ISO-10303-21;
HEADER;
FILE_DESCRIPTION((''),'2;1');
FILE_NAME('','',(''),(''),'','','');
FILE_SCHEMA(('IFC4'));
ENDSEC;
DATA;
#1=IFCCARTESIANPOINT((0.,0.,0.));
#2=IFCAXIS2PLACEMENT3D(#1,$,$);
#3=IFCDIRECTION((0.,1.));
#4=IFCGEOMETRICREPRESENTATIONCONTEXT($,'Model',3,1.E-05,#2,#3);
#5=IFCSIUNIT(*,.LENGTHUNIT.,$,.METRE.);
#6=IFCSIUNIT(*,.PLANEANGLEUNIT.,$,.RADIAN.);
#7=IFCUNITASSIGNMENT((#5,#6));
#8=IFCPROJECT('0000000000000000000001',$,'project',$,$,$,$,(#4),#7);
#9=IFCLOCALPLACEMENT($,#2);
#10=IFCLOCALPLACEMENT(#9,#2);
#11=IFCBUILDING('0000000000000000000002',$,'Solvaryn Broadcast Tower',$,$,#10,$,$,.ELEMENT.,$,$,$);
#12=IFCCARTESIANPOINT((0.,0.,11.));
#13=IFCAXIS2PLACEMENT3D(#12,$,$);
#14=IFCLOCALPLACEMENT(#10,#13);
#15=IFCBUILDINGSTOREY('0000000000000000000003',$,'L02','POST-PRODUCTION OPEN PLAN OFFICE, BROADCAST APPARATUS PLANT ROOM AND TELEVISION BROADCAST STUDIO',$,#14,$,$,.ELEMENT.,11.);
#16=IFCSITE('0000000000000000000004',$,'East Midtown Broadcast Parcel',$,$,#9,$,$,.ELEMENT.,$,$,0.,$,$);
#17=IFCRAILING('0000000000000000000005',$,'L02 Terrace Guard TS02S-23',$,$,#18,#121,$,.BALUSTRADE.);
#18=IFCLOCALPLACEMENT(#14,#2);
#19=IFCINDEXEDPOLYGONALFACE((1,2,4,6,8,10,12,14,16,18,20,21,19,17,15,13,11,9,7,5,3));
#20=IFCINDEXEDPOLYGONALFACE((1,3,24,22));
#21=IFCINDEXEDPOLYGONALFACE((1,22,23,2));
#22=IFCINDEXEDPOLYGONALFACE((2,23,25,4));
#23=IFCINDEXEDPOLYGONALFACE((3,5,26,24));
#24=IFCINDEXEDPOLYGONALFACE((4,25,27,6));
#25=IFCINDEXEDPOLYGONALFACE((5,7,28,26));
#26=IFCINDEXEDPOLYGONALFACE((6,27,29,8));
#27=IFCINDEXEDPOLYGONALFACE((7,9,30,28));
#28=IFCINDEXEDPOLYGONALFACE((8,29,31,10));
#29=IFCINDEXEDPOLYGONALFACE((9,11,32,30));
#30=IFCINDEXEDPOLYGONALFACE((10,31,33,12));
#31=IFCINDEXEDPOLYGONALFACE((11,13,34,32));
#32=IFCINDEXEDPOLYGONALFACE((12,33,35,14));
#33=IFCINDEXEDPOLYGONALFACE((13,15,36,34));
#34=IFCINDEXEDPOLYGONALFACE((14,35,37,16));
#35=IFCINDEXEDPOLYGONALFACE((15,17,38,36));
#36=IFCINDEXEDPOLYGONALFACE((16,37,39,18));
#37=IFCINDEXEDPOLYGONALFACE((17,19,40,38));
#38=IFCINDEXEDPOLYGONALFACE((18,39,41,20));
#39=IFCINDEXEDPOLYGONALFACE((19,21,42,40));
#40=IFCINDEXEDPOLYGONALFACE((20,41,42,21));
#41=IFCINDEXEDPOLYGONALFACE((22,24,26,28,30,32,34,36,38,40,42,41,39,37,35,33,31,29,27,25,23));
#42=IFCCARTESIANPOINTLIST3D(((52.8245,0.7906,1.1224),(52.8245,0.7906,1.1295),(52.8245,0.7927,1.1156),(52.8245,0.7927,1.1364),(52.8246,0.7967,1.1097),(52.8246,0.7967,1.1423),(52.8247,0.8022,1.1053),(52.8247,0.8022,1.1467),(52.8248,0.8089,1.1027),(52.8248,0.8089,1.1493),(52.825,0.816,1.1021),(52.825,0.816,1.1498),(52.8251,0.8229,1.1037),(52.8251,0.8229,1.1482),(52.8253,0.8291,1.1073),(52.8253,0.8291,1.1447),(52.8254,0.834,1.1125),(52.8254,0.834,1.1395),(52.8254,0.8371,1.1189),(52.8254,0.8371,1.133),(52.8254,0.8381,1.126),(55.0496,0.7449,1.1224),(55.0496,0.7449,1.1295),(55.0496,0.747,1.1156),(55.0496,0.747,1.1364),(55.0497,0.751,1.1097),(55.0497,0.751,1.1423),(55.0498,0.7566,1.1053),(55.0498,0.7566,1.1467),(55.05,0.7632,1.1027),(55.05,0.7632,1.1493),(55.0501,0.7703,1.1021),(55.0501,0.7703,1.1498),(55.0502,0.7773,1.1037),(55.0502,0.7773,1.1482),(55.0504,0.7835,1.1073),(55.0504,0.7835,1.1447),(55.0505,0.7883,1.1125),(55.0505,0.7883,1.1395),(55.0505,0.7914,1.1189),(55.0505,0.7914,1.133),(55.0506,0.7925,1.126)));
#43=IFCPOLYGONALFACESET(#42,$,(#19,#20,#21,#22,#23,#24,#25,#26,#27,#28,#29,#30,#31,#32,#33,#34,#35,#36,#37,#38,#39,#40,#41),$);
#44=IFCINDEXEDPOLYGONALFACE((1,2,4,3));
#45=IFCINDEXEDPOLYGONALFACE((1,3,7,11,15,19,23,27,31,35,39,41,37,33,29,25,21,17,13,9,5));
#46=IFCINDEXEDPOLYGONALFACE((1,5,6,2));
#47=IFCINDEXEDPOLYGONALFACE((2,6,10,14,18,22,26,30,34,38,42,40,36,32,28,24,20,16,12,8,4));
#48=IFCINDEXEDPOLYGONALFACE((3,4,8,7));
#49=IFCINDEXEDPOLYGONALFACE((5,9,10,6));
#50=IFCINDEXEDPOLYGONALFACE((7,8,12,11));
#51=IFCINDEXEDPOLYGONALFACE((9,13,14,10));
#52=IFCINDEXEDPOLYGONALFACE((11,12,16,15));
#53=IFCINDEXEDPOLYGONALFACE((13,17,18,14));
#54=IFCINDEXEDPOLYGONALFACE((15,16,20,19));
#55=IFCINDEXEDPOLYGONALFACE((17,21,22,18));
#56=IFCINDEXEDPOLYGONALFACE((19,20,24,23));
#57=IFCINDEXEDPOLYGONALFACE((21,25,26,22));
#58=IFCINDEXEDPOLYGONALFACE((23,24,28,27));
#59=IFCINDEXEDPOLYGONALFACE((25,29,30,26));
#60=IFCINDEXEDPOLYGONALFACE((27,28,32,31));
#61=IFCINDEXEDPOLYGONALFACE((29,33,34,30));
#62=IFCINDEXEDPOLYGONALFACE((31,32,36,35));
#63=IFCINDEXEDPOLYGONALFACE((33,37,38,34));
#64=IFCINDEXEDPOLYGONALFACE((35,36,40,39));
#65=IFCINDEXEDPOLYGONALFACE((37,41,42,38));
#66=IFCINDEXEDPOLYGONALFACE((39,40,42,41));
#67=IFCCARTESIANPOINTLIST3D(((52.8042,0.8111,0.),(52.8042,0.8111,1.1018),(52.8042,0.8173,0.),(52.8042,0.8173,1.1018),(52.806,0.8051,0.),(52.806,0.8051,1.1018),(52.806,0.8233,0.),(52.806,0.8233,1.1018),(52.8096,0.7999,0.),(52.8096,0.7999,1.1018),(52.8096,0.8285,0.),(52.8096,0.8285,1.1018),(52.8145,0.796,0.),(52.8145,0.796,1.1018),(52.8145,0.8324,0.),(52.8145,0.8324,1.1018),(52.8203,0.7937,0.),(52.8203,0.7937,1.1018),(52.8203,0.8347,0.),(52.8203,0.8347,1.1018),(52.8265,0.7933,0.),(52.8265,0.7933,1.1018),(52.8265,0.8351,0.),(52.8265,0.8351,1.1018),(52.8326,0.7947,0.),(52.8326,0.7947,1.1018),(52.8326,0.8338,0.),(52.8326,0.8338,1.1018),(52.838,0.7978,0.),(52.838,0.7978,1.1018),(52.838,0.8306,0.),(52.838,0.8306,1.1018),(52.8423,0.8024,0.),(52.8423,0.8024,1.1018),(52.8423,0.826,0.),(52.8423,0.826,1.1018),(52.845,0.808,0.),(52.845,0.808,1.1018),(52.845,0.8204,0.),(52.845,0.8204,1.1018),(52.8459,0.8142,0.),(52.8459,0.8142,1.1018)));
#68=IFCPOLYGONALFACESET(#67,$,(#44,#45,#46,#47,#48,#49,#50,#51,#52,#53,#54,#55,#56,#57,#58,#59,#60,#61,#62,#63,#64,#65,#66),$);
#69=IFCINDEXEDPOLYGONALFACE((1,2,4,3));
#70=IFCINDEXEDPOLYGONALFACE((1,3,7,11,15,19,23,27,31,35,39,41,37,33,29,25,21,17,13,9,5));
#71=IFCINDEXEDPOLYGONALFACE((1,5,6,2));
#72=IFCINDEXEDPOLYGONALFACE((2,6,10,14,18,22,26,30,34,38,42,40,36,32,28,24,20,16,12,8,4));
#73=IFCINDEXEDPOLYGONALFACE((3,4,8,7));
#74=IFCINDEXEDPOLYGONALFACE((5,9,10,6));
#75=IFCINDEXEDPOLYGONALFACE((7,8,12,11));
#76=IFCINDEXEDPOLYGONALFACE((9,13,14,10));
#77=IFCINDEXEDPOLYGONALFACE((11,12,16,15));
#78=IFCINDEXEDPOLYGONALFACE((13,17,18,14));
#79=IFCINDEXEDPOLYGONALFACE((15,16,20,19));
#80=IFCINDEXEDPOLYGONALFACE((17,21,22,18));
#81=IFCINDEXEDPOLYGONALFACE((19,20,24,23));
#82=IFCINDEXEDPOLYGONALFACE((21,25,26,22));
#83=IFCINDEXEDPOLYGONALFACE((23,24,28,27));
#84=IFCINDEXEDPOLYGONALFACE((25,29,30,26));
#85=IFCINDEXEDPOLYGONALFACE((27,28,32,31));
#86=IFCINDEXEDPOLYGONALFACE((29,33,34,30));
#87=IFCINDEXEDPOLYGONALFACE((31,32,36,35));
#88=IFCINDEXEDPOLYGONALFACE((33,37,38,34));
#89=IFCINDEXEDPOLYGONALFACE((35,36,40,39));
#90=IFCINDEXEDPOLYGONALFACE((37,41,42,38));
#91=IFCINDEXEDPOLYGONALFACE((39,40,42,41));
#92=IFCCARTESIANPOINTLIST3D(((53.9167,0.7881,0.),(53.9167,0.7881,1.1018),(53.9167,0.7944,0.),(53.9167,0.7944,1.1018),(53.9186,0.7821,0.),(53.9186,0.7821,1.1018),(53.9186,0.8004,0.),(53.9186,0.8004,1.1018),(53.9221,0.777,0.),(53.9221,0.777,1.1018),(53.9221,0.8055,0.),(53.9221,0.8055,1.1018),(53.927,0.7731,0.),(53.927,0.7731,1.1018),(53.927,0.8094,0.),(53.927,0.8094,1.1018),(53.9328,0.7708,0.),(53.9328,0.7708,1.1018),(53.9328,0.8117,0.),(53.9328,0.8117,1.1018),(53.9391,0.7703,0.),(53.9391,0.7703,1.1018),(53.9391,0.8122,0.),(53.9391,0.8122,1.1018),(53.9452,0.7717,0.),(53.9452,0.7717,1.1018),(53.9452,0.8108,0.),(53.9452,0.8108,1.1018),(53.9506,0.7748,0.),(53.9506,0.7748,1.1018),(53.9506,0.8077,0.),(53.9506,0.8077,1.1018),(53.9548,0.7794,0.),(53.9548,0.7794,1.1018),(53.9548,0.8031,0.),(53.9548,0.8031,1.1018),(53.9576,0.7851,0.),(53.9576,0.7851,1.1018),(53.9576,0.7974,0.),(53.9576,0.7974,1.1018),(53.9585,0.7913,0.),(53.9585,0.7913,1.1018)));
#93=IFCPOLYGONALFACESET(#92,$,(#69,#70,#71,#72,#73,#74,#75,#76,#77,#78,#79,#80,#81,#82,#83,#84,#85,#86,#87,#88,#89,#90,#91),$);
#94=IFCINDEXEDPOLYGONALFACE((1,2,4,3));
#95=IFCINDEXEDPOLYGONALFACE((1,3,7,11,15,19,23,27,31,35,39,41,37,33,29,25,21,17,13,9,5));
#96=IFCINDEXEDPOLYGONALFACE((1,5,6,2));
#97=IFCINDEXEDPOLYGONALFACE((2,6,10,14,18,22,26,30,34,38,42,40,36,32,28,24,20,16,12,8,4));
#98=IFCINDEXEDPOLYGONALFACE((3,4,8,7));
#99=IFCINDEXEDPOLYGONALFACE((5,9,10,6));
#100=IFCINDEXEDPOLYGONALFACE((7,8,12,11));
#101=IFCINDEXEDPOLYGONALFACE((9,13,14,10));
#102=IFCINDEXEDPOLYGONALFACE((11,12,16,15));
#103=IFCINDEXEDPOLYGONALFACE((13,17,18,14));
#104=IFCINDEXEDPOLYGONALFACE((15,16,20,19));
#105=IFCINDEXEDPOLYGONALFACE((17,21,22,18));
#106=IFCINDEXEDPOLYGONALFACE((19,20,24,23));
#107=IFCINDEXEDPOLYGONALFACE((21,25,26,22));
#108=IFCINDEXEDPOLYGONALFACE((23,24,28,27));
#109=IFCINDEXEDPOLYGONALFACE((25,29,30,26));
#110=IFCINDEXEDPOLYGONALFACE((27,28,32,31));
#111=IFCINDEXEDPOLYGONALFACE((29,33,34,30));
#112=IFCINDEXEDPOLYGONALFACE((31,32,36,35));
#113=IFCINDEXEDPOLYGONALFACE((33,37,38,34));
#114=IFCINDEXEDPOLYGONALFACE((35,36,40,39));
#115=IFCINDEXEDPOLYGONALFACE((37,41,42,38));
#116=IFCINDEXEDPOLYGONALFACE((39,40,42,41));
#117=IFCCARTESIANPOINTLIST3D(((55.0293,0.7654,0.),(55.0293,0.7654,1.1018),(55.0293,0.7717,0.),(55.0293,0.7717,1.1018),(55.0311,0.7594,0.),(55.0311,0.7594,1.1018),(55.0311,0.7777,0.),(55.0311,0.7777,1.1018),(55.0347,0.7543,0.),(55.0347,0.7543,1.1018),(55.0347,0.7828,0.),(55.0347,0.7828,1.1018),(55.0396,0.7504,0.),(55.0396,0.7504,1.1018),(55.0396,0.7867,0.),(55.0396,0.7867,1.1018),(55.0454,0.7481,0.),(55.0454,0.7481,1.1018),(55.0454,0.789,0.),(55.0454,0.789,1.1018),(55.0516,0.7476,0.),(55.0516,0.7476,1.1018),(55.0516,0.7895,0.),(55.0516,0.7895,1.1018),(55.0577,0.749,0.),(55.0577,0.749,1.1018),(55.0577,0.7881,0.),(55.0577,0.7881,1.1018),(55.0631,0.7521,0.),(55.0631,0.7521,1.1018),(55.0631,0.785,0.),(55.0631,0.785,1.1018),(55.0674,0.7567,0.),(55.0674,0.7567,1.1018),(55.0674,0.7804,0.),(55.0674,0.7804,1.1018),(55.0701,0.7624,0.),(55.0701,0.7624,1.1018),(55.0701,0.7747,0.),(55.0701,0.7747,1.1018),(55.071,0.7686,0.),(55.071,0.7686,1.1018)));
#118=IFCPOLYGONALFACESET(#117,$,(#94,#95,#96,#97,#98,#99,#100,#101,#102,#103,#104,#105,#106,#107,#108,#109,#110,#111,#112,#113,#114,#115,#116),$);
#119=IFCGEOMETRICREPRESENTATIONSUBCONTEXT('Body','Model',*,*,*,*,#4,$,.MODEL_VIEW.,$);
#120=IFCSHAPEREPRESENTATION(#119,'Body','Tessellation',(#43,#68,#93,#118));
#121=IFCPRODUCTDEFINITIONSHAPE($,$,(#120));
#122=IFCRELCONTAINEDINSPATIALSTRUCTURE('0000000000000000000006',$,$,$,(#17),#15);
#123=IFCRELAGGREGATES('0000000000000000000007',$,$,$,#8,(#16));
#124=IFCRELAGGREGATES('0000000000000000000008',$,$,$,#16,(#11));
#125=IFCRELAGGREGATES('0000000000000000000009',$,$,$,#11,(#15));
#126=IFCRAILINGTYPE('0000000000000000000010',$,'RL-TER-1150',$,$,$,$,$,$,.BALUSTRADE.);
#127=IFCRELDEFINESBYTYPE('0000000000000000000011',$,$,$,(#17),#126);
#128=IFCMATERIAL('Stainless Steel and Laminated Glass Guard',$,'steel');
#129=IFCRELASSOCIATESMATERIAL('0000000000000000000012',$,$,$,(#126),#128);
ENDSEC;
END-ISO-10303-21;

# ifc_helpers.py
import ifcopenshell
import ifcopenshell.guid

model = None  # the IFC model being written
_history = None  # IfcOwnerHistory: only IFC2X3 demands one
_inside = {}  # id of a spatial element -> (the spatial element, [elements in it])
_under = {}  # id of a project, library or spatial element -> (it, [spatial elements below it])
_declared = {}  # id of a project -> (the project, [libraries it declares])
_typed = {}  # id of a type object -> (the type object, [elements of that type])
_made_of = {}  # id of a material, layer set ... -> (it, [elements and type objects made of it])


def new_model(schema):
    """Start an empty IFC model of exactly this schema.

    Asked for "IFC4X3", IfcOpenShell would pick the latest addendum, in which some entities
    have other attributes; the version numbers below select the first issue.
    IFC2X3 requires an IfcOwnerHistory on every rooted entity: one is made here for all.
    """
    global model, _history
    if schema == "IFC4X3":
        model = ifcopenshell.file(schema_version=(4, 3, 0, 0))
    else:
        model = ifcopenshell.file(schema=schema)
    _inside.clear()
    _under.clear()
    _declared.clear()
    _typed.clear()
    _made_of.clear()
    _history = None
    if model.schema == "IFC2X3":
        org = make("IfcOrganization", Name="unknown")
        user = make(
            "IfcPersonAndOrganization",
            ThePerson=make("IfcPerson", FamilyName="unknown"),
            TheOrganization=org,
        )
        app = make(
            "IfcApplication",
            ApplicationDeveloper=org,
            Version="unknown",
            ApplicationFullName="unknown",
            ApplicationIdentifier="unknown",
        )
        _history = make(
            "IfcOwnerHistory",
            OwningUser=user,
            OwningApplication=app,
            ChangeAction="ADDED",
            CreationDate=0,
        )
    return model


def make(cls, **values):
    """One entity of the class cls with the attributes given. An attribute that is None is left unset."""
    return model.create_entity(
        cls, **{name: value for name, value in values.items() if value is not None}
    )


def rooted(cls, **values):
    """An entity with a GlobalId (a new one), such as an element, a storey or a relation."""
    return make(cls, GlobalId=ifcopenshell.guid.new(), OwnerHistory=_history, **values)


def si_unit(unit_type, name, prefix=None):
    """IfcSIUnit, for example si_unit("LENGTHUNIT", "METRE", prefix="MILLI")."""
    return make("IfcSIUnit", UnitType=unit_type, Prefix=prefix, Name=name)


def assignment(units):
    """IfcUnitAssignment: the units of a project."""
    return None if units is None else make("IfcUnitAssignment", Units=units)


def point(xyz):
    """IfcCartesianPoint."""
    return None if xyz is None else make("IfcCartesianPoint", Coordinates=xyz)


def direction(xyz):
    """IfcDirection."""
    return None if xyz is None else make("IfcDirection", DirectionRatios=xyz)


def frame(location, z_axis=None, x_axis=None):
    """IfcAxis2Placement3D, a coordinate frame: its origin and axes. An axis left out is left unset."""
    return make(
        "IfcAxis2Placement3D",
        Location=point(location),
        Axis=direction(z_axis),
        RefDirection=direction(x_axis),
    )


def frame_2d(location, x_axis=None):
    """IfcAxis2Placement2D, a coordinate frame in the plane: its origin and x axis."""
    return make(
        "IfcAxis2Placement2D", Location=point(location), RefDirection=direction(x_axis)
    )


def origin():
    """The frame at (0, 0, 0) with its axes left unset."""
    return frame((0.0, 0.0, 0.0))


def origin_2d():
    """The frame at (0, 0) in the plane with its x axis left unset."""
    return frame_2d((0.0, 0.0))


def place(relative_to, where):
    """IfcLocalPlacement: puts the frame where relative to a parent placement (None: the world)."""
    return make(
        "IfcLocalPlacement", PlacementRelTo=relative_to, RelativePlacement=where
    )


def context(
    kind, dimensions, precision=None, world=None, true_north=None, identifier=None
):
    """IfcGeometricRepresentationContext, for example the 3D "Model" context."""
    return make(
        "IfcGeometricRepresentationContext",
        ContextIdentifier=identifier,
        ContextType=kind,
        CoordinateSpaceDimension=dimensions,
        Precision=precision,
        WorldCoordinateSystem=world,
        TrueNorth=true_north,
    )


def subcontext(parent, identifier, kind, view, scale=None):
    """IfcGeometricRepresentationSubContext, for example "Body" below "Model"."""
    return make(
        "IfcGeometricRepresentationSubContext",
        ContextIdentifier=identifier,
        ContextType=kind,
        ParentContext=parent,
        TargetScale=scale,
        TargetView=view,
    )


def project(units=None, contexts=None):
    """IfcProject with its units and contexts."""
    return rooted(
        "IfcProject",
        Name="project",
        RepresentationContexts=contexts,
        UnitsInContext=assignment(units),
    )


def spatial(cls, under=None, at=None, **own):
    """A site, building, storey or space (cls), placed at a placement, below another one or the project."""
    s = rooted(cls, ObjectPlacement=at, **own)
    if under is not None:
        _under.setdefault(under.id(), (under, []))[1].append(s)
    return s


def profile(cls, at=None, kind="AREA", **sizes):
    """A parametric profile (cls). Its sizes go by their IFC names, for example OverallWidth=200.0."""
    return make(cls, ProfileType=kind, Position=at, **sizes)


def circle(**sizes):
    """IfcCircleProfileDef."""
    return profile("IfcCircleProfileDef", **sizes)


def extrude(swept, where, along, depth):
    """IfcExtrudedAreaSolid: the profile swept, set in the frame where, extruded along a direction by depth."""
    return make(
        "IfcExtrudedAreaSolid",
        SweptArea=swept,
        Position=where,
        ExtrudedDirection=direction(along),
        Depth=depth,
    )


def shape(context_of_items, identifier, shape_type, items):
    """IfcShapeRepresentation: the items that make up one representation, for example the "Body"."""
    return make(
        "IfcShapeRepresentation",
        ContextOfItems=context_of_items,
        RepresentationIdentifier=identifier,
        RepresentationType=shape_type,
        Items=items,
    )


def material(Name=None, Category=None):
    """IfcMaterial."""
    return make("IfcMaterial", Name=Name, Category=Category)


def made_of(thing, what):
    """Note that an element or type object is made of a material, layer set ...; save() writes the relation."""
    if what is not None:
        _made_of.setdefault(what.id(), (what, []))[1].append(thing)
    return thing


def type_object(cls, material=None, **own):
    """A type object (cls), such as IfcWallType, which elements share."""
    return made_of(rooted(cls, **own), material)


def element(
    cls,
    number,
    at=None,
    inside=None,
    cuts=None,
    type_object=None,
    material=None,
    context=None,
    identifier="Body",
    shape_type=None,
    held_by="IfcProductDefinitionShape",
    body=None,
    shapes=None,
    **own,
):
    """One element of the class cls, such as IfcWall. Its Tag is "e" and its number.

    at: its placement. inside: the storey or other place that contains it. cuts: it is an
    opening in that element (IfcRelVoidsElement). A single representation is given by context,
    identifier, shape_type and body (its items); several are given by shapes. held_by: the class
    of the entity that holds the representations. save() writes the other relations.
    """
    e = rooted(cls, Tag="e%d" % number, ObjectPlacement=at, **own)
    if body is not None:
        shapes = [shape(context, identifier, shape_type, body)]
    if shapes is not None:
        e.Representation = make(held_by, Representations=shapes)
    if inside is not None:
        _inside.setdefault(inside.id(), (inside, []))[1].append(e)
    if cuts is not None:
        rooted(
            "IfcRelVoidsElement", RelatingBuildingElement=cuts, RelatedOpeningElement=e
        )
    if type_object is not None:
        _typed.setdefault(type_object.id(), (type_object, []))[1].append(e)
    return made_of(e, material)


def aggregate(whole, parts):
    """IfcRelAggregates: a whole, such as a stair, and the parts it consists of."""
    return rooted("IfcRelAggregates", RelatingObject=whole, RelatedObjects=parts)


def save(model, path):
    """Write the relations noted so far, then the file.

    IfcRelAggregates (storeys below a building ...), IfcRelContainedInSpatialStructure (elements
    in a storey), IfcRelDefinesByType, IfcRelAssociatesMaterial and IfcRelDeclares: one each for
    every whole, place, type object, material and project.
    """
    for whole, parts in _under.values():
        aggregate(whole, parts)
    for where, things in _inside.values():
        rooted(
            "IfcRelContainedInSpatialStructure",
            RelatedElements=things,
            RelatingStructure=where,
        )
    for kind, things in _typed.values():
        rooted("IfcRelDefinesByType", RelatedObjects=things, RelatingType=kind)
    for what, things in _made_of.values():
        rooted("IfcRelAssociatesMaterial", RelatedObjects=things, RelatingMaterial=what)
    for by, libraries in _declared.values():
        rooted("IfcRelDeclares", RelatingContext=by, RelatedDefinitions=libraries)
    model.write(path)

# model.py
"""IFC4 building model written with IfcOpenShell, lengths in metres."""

from ifc_helpers import new_model, si_unit, direction, frame, origin, origin_2d, place, context, subcontext, project, spatial, circle, extrude, material, type_object, element, save


model = new_model("IFC4")

# Units and contexts
model_context = context("Model", 3, precision=1e-05, world=origin(), true_north=direction((0.0, 1.0)))
body_context = subcontext(model_context, "Body", "Model", "MODEL_VIEW")
ifc_project = project(units=[si_unit("LENGTHUNIT", "METRE"), si_unit("PLANEANGLEUNIT", "RADIAN")], contexts=[model_context])

# Site, building, storey
site_placement = place(None, origin())
site = spatial("IfcSite", under=ifc_project, at=site_placement, Name="East Midtown Broadcast Parcel", CompositionType="ELEMENT", RefElevation=0.0)
building_placement = place(site_placement, origin())
building = spatial("IfcBuilding", under=site, at=building_placement, Name="Solvaryn Broadcast Tower", CompositionType="ELEMENT")
storey_placement = place(building_placement, frame((0.0, 0.0, 11.0)))
storey = spatial("IfcBuildingStorey", under=building, at=storey_placement, Name="L02", Description="POST-PRODUCTION OPEN PLAN OFFICE, BROADCAST APPARATUS PLANT ROOM AND TELEVISION BROADCAST STUDIO", CompositionType="ELEMENT", Elevation=11.0)

# Railing
ifc_material_1 = material(Name="Stainless Steel and Laminated Glass Guard", Category="steel")
railing_type = type_object("IfcRailingType", Name="RL-TER-1150", PredefinedType="BALUSTRADE", material=ifc_material_1)
railing_1_placement = place(storey_placement, frame((52.825, 0.8142, 0.0)))
element("IfcRailing", 1, at=railing_1_placement, inside=storey, type_object=railing_type, Name="L02 Terrace Guard TS02S-23", PredefinedType="BALUSTRADE", context=body_context, shape_type="SweptSolid", body=[
    extrude(circle(Radius=0.0239, at=origin_2d()), frame((0.0, 0.0, 1.126), z_axis=(0.99979, -0.020514, 0.0), x_axis=(0.020514, 0.99979, 0.0)), (0.0, 0.0, 1.0), 2.2256),
    extrude(circle(Radius=0.021, at=origin_2d()), origin(), (0.0, 0.0, 1.0), 1.1018),
    extrude(circle(Radius=0.021, at=origin_2d()), frame((1.1125, -0.0229, 0.0)), (0.0, 0.0, 1.0), 1.1018),
    extrude(circle(Radius=0.021, at=origin_2d()), frame((2.2251, -0.0457, 0.0)), (0.0, 0.0, 1.0), 1.1018),
])

save(model, "model.ifc")
